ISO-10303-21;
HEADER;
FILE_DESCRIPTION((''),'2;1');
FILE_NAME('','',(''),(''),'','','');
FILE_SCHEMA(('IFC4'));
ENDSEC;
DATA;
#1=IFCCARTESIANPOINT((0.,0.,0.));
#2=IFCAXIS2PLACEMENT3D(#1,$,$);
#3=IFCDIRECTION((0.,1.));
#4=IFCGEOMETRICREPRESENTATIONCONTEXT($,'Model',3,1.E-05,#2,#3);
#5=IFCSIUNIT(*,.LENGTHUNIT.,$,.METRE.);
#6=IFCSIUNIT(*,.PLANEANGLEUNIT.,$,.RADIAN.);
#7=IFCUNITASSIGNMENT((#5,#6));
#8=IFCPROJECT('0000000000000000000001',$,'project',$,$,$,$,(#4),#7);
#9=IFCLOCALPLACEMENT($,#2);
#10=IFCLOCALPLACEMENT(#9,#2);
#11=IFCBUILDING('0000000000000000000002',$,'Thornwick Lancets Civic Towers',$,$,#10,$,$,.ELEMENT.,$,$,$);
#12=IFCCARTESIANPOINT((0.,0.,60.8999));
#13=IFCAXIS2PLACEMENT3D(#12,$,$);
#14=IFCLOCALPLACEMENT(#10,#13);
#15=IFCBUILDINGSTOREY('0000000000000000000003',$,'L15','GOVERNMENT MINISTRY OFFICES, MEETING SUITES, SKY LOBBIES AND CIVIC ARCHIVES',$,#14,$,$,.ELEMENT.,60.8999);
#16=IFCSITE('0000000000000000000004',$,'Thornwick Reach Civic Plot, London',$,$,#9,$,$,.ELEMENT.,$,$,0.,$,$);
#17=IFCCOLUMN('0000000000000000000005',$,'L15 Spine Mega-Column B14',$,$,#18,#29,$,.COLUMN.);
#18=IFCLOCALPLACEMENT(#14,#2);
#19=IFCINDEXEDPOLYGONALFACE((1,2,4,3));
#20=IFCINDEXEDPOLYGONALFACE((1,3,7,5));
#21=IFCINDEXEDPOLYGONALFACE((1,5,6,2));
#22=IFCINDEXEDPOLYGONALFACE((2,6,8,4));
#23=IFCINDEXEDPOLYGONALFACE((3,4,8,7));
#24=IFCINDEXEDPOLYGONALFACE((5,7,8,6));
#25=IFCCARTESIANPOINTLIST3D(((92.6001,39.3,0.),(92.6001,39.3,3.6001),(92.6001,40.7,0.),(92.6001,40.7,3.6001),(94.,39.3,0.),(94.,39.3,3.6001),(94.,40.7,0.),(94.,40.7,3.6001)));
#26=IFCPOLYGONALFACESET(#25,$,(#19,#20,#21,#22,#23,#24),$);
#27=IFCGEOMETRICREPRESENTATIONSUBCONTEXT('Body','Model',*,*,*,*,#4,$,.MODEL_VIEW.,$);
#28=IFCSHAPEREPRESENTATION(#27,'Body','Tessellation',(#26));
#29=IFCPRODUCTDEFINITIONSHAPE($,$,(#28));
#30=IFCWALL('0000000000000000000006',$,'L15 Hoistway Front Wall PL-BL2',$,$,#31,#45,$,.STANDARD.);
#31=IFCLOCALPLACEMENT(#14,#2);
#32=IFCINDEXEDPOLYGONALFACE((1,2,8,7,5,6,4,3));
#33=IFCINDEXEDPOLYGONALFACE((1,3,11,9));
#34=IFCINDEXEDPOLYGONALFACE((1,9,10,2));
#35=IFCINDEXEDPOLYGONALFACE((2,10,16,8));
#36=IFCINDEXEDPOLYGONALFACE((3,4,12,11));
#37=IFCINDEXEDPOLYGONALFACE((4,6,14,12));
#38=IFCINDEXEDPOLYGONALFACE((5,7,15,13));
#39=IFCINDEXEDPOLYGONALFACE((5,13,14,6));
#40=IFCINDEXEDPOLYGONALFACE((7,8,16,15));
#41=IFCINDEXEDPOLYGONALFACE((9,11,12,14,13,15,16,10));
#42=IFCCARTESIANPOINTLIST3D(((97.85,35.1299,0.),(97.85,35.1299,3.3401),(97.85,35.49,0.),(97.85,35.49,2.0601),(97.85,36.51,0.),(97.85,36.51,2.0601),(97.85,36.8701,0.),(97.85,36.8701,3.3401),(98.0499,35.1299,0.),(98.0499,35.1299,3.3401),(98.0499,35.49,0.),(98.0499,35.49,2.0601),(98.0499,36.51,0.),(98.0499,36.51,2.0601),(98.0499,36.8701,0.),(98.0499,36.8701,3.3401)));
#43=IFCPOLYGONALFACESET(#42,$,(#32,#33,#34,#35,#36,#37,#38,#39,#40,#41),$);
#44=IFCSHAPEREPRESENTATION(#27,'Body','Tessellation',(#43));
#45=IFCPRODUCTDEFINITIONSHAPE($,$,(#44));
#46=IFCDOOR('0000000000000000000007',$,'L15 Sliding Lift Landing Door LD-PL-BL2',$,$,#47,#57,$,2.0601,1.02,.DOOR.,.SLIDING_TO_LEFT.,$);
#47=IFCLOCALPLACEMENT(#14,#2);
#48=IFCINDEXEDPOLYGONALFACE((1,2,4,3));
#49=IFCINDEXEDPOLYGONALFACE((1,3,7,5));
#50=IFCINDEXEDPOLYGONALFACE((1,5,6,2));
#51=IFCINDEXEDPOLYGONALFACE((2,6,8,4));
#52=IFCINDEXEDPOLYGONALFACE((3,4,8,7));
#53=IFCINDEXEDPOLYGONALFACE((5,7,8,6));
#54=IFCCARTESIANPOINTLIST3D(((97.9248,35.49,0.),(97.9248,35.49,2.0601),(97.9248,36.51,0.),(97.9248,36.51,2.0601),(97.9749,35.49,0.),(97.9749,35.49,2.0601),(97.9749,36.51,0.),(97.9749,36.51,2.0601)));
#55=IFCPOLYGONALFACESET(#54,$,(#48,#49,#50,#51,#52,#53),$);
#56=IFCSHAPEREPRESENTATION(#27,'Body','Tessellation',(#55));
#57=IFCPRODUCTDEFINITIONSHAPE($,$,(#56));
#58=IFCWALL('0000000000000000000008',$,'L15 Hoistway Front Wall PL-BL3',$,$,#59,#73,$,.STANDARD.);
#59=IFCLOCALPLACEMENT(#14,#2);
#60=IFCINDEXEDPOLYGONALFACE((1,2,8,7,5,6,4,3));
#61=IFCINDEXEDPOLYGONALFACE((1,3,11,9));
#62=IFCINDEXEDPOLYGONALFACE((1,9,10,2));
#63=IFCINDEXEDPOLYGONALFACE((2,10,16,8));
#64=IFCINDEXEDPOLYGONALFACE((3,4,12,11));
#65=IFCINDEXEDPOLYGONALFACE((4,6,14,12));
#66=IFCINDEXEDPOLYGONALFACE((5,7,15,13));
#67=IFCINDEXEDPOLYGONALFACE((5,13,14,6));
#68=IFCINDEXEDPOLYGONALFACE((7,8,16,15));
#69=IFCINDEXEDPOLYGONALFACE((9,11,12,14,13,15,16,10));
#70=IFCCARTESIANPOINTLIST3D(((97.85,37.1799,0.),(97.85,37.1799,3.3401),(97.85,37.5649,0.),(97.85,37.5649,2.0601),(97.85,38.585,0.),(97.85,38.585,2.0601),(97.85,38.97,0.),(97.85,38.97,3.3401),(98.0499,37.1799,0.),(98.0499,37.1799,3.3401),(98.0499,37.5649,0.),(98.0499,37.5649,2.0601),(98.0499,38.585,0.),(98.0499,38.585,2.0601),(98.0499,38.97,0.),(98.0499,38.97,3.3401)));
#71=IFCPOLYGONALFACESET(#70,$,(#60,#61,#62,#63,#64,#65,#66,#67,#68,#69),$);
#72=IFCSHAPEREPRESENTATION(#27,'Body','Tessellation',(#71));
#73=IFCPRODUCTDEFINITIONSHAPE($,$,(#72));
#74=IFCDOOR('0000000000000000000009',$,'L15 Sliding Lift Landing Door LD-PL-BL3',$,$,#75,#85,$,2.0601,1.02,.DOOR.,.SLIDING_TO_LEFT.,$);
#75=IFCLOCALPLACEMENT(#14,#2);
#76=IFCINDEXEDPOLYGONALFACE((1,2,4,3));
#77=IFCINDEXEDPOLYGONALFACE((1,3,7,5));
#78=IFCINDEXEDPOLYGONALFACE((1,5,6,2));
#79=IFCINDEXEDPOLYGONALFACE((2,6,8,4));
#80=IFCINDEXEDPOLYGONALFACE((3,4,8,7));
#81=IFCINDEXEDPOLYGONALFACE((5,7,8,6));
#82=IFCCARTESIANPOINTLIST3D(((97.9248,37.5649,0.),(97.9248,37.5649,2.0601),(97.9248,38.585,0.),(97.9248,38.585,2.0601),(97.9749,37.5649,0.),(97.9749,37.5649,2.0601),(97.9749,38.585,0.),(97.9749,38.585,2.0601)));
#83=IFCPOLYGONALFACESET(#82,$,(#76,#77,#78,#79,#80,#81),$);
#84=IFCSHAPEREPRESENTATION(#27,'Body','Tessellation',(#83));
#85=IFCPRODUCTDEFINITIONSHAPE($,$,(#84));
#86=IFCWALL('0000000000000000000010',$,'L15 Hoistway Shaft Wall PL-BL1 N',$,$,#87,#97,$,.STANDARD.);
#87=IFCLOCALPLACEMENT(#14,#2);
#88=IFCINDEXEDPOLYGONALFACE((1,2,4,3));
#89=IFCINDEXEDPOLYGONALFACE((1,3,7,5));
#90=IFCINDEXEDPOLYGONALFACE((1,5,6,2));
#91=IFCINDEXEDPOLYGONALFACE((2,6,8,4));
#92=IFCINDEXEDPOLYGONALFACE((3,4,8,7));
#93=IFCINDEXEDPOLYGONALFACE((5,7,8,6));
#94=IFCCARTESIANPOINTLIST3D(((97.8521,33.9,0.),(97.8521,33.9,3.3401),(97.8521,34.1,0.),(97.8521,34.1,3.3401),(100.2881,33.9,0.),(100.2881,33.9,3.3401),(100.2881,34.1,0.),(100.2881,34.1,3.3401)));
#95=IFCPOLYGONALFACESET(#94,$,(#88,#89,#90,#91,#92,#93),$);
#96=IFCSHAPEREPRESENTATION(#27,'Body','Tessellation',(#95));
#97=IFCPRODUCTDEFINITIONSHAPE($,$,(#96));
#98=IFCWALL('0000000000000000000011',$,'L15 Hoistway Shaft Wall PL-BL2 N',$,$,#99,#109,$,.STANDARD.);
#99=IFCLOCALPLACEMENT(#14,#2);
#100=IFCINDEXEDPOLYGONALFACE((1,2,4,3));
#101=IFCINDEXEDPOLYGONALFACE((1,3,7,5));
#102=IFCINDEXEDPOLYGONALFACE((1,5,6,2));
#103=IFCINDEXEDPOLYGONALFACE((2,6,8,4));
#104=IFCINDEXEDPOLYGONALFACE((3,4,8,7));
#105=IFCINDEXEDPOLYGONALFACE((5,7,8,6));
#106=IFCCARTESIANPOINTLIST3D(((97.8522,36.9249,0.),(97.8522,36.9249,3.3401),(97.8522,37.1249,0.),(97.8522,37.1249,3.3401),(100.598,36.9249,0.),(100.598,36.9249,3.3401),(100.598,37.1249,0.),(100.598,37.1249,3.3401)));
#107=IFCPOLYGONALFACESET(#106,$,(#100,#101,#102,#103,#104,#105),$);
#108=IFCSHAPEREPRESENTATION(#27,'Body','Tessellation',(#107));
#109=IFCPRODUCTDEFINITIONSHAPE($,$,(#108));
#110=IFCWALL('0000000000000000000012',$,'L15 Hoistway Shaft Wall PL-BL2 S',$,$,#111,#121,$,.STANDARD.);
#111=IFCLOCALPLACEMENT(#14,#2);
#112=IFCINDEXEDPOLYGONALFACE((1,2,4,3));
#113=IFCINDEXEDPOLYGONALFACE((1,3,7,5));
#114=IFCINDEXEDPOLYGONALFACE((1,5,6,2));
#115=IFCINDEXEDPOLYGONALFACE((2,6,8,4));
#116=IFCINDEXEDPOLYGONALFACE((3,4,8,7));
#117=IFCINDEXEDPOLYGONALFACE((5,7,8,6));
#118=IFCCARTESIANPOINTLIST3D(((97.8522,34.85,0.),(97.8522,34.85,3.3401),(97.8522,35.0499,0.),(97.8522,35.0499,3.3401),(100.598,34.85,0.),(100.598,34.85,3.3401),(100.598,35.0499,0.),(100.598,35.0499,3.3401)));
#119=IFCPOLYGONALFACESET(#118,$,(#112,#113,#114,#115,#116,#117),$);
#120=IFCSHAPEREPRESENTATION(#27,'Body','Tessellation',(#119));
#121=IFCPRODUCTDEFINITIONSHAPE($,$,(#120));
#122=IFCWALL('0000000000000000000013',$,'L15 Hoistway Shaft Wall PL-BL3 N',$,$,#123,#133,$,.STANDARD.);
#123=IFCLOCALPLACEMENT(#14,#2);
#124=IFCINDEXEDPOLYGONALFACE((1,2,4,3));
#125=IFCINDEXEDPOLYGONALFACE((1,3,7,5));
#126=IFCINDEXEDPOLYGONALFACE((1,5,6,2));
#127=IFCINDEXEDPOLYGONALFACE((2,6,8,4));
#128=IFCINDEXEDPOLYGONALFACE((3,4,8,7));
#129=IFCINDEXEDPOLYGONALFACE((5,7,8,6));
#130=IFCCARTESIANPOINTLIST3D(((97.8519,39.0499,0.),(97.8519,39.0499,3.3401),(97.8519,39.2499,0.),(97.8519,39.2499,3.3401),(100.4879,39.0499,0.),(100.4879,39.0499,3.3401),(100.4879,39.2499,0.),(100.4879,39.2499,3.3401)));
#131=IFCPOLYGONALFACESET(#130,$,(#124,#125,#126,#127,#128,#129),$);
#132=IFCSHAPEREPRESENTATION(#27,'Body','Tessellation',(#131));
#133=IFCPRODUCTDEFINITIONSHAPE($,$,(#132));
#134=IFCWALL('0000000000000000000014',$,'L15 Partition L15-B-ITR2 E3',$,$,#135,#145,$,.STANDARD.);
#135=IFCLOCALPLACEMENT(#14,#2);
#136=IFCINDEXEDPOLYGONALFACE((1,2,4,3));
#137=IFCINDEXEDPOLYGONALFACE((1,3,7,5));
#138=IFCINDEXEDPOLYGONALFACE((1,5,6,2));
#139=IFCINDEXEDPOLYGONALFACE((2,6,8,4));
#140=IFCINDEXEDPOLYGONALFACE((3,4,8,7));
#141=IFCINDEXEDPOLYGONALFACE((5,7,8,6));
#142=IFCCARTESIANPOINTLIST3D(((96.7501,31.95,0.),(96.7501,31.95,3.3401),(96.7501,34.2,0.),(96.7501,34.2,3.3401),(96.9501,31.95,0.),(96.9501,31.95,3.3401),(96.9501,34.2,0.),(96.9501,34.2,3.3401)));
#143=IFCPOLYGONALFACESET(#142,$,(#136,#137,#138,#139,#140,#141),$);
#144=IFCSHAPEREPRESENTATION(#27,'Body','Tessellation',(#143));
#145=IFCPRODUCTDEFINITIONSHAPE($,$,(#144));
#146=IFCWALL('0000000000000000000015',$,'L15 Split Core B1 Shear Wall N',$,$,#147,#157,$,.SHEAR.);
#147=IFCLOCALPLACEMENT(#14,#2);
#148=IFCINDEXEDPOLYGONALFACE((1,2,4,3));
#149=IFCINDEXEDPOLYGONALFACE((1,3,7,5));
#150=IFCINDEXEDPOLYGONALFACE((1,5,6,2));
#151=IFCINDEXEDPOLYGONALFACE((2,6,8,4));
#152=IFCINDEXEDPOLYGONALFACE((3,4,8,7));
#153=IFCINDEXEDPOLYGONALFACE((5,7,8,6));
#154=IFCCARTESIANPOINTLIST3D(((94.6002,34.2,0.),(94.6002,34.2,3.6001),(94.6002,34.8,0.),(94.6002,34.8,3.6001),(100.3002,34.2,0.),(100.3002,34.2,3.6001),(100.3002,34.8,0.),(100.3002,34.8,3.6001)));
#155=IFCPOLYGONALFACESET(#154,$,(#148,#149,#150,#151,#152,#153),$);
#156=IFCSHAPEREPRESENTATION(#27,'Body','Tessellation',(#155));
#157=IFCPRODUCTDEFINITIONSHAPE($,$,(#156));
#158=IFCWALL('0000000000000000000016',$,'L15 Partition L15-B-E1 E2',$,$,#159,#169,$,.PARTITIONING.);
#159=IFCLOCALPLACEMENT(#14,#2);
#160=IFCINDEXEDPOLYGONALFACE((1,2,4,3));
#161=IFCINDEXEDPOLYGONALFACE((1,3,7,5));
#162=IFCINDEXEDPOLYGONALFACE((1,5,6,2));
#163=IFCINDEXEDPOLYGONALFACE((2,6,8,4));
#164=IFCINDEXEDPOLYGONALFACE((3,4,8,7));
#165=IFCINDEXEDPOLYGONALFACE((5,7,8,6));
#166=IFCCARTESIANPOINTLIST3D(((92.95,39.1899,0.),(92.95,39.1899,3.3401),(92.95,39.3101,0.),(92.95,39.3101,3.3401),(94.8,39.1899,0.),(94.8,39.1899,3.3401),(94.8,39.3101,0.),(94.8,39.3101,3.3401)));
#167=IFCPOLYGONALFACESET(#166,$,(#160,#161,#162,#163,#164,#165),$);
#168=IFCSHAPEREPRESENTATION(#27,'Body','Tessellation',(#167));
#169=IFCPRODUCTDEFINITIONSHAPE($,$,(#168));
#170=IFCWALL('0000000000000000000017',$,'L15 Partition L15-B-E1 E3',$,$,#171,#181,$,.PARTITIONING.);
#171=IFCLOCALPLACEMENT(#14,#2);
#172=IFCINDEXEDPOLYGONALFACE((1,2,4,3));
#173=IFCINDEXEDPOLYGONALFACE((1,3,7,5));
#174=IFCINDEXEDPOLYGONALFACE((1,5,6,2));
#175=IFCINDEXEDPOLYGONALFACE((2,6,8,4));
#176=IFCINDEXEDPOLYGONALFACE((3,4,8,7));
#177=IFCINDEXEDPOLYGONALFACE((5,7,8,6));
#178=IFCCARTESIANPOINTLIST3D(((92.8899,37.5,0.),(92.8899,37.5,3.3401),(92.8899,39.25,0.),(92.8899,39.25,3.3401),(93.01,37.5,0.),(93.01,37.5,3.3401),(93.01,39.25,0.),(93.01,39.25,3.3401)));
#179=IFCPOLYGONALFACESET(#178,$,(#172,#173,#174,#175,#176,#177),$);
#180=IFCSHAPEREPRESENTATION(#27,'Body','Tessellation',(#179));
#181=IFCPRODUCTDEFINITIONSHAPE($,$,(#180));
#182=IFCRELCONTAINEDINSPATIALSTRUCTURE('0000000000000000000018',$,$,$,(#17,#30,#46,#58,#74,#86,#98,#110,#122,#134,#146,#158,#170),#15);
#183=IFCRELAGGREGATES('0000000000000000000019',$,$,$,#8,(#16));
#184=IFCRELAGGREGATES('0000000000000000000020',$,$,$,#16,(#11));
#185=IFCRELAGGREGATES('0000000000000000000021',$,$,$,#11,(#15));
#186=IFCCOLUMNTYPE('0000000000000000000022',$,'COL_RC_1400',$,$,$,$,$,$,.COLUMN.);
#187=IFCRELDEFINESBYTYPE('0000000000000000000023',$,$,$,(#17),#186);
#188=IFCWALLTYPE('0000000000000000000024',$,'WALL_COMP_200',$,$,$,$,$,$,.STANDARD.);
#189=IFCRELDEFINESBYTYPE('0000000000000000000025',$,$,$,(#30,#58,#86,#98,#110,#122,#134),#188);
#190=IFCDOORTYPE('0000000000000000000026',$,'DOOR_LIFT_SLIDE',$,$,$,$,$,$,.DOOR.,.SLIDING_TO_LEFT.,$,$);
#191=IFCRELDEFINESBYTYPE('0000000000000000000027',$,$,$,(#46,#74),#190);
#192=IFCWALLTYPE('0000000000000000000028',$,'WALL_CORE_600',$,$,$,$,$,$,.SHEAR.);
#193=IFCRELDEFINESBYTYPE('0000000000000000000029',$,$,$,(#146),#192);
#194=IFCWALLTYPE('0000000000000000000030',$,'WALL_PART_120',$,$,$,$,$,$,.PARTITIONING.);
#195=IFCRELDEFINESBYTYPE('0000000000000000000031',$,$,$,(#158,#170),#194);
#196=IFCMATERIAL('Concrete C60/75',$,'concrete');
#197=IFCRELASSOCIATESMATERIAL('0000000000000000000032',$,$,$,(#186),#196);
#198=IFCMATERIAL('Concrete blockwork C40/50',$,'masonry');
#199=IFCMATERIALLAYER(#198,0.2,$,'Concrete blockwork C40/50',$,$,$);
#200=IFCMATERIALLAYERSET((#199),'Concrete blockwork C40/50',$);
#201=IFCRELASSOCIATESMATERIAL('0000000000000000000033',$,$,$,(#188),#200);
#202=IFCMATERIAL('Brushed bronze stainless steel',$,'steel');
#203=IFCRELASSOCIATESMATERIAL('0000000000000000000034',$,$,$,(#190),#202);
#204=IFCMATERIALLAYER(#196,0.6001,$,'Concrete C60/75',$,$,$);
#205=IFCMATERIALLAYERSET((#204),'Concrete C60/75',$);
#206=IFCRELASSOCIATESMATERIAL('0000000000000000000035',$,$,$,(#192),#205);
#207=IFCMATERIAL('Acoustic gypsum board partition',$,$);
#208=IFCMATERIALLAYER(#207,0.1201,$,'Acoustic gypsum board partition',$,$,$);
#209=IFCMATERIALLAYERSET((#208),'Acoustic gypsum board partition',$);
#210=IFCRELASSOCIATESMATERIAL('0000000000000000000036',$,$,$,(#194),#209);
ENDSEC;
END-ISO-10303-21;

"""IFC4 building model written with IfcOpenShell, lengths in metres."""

from ifc_helpers import new_model, si_unit, direction, frame, frame_2d, origin, origin_2d, place, context, subcontext, project, spatial, rectangle, extrude, material, layer, layer_set, material_profile, profile_set, type_object, element, fill, save


model = new_model("IFC4")

# Units and contexts
model_context = context("Model", 3, precision=1e-05, world=origin(), true_north=direction((0.0, 1.0)))
body_context = subcontext(model_context, "Body", "Model", "MODEL_VIEW")
ifc_project = project(units=[si_unit("LENGTHUNIT", "METRE"), si_unit("PLANEANGLEUNIT", "RADIAN")], contexts=[model_context])

# Site, building, storey
site_placement = place(None, origin())
site = spatial("IfcSite", under=ifc_project, at=site_placement, Name="Thornwick Reach Civic Plot, London", CompositionType="ELEMENT", RefElevation=0.0)
building_placement = place(site_placement, origin())
building = spatial("IfcBuilding", under=site, at=building_placement, Name="Thornwick Lancets Civic Towers", CompositionType="ELEMENT")
storey_placement = place(building_placement, frame((0.0, 0.0, 60.8999)))
storey = spatial("IfcBuildingStorey", under=building, at=storey_placement, Name="L15", Description="GOVERNMENT MINISTRY OFFICES, MEETING SUITES, SKY LOBBIES AND CIVIC ARCHIVES", CompositionType="ELEMENT", Elevation=60.8999)

# Column
ifc_material_1 = material(Name="Concrete C60/75", Category="concrete")
ifc_material_profile = material_profile(ifc_material_1, rectangle(XDim=1.3999, YDim=1.3999, at=origin_2d()), Name="RC 1400x1400")
ifc_profile_set = profile_set([ifc_material_profile], Name="Concrete C60/75")
column_type = type_object("IfcColumnType", Name="COL_RC_1400", PredefinedType="COLUMN", material=ifc_profile_set)
column_placement = place(storey_placement, frame((93.3, 40.0, 0.0), z_axis=(0.0, 0.0, 1.0), x_axis=(1.0, 0.0, 0.0)))
element("IfcColumn", 1, at=column_placement, inside=storey, type_object=column_type, Name="L15 Spine Mega-Column B14", PredefinedType="COLUMN", context=body_context, shape_type="SweptSolid", body=[
    extrude(rectangle(XDim=1.3999, YDim=1.3999, at=origin_2d()), origin(), (0.0, 0.0, 1.0), 3.6001),
])

# Walls, openings, doors
ifc_material_2 = material(Name="Concrete blockwork C40/50", Category="masonry")
ifc_layer_1 = layer(ifc_material_2, 0.2, Name="Concrete blockwork C40/50")
ifc_layer_set_1 = layer_set([ifc_layer_1], Name="Concrete blockwork C40/50")
wall_type_1 = type_object("IfcWallType", Name="WALL_COMP_200", PredefinedType="STANDARD", material=ifc_layer_set_1)
wall_1_placement = place(storey_placement, frame((97.95, 36.8701, 0.0), z_axis=(0.0, 0.0, 1.0), x_axis=(0.0, -1.0, 0.0)))
wall_1 = element("IfcWall", 2, at=wall_1_placement, inside=storey, type_object=wall_type_1, Name="L15 Hoistway Front Wall PL-BL2", PredefinedType="STANDARD", context=body_context, shape_type="SweptSolid", body=[
    extrude(rectangle(XDim=1.7402, YDim=0.2, at=frame_2d((0.8701, 0.0))), origin(), (0.0, 0.0, 1.0), 3.3401),
])
opening_1_placement = place(wall_1_placement, frame((0.3601, 0.0, 0.0)))
opening_1 = element("IfcOpeningElement", 3, at=opening_1_placement, cuts=wall_1, PredefinedType="OPENING", context=body_context, shape_type="SweptSolid", body=[
    extrude(rectangle(XDim=1.02, YDim=2.0601, at=frame_2d((0.51, 1.03))), frame((0.0, 0.1099, 0.0), z_axis=(0.0, -1.0, 0.0), x_axis=(1.0, 0.0, 0.0)), (0.0, 0.0, 1.0), 0.22),
])
ifc_material_3 = material(Name="Brushed bronze stainless steel", Category="steel")
door_type_1 = type_object("IfcDoorType", Name="DOOR_LIFT_SLIDE", OperationType="SLIDING_TO_LEFT", PredefinedType="DOOR", material=ifc_material_3)
door_1_placement = place(opening_1_placement, origin())
door_1 = element("IfcDoor", 4, at=door_1_placement, inside=storey, type_object=door_type_1, Name="L15 Sliding Lift Landing Door LD-PL-BL2", OperationType="SLIDING_TO_LEFT", OverallHeight=2.0601, OverallWidth=1.02, PredefinedType="DOOR", context=body_context, shape_type="SweptSolid", body=[
    extrude(rectangle(XDim=1.02, YDim=2.0601, at=frame_2d((0.51, 1.03))), frame((0.0, 0.0249, 0.0), z_axis=(0.0, -1.0, 0.0), x_axis=(1.0, 0.0, 0.0)), (0.0, 0.0, 1.0), 0.05),
])
fill(opening_1, door_1)
wall_2_placement = place(storey_placement, frame((97.95, 38.97, 0.0), z_axis=(0.0, 0.0, 1.0), x_axis=(0.0, -1.0, 0.0)))
wall_2 = element("IfcWall", 5, at=wall_2_placement, inside=storey, type_object=wall_type_1, Name="L15 Hoistway Front Wall PL-BL3", PredefinedType="STANDARD", context=body_context, shape_type="SweptSolid", body=[
    extrude(rectangle(XDim=1.79, YDim=0.2, at=frame_2d((0.895, 0.0))), origin(), (0.0, 0.0, 1.0), 3.3401),
])
opening_2_placement = place(wall_2_placement, frame((0.385, 0.0, 0.0)))
opening_2 = element("IfcOpeningElement", 6, at=opening_2_placement, cuts=wall_2, PredefinedType="OPENING", context=body_context, shape_type="SweptSolid", body=[
    extrude(rectangle(XDim=1.02, YDim=2.0601, at=frame_2d((0.51, 1.03))), frame((0.0, 0.1099, 0.0), z_axis=(0.0, -1.0, 0.0), x_axis=(1.0, 0.0, 0.0)), (0.0, 0.0, 1.0), 0.22),
])
door_2_placement = place(opening_2_placement, origin())
door_2 = element("IfcDoor", 7, at=door_2_placement, inside=storey, type_object=door_type_1, Name="L15 Sliding Lift Landing Door LD-PL-BL3", OperationType="SLIDING_TO_LEFT", OverallHeight=2.0601, OverallWidth=1.02, PredefinedType="DOOR", context=body_context, shape_type="SweptSolid", body=[
    extrude(rectangle(XDim=1.02, YDim=2.0601, at=frame_2d((0.51, 1.03))), frame((0.0, 0.0249, 0.0), z_axis=(0.0, -1.0, 0.0), x_axis=(1.0, 0.0, 0.0)), (0.0, 0.0, 1.0), 0.05),
])
fill(opening_2, door_2)

# Walls
wall_3_placement = place(storey_placement, frame((97.8521, 34.0, 0.0), z_axis=(0.0, 0.0, 1.0), x_axis=(1.0, 0.0, 0.0)))
element("IfcWall", 8, at=wall_3_placement, inside=storey, type_object=wall_type_1, Name="L15 Hoistway Shaft Wall PL-BL1 N", PredefinedType="STANDARD", context=body_context, shape_type="SweptSolid", body=[
    extrude(rectangle(XDim=2.436, YDim=0.2, at=frame_2d((1.218, 0.0))), origin(), (0.0, 0.0, 1.0), 3.3401),
])
for number, where, z_axis, x_axis, name in (
    (9, (97.8521, 37.0249, 0.0), (0.0, 0.0, 1.0), (1.0, 0.0, 0.0), "L15 Hoistway Shaft Wall PL-BL2 N"),
    (10, (97.8521, 34.95, 0.0), (0.0, 0.0, 1.0), (1.0, 0.0, 0.0), "L15 Hoistway Shaft Wall PL-BL2 S"),
):
    element("IfcWall", number, at=place(storey_placement, frame(where, z_axis=z_axis, x_axis=x_axis)), inside=storey, type_object=wall_type_1, Name=name, PredefinedType="STANDARD", context=body_context, shape_type="SweptSolid", body=[
        extrude(rectangle(XDim=2.7458, YDim=0.2, at=frame_2d((1.373, 0.0))), origin(), (0.0, 0.0, 1.0), 3.3401),
    ])
wall_4_placement = place(storey_placement, frame((97.8521, 39.1499, 0.0), z_axis=(0.0, 0.0, 1.0), x_axis=(1.0, 0.0, 0.0)))
element("IfcWall", 11, at=wall_4_placement, inside=storey, type_object=wall_type_1, Name="L15 Hoistway Shaft Wall PL-BL3 N", PredefinedType="STANDARD", context=body_context, shape_type="SweptSolid", body=[
    extrude(rectangle(XDim=2.636, YDim=0.2, at=frame_2d((1.3179, 0.0))), origin(), (0.0, 0.0, 1.0), 3.3401),
])
wall_5_placement = place(storey_placement, frame((96.8501, 34.2, 0.0), z_axis=(0.0, 0.0, 1.0), x_axis=(0.0, -1.0, 0.0)))
element("IfcWall", 12, at=wall_5_placement, inside=storey, type_object=wall_type_1, Name="L15 Partition L15-B-ITR2 E3", PredefinedType="STANDARD", context=body_context, shape_type="SweptSolid", body=[
    extrude(rectangle(XDim=2.25, YDim=0.2, at=frame_2d((1.125, 0.0))), origin(), (0.0, 0.0, 1.0), 3.3401),
])
ifc_layer_2 = layer(ifc_material_1, 0.6001, Name="Concrete C60/75")
ifc_layer_set_2 = layer_set([ifc_layer_2], Name="Concrete C60/75")
wall_type_2 = type_object("IfcWallType", Name="WALL_CORE_600", PredefinedType="SHEAR", material=ifc_layer_set_2)
wall_6_placement = place(storey_placement, frame((94.6001, 34.5, 0.0), z_axis=(0.0, 0.0, 1.0), x_axis=(1.0, 0.0, 0.0)))
element("IfcWall", 13, at=wall_6_placement, inside=storey, type_object=wall_type_2, Name="L15 Split Core B1 Shear Wall N", PredefinedType="SHEAR", context=body_context, shape_type="SweptSolid", body=[
    extrude(rectangle(XDim=5.7, YDim=0.6001, at=frame_2d((2.8501, 0.0))), origin(), (0.0, 0.0, 1.0), 3.6001),
])
ifc_material_4 = material(Name="Acoustic gypsum board partition")
ifc_layer_3 = layer(ifc_material_4, 0.1201, Name="Acoustic gypsum board partition")
ifc_layer_set_3 = layer_set([ifc_layer_3], Name="Acoustic gypsum board partition")
wall_type_3 = type_object("IfcWallType", Name="WALL_PART_120", PredefinedType="PARTITIONING", material=ifc_layer_set_3)
wall_7_placement = place(storey_placement, frame((94.8, 39.25, 0.0), z_axis=(0.0, 0.0, 1.0), x_axis=(-1.0, 0.0, 0.0)))
element("IfcWall", 14, at=wall_7_placement, inside=storey, type_object=wall_type_3, Name="L15 Partition L15-B-E1 E2", PredefinedType="PARTITIONING", context=body_context, shape_type="SweptSolid", body=[
    extrude(rectangle(XDim=1.8501, YDim=0.1201, at=frame_2d((0.925, 0.0))), origin(), (0.0, 0.0, 1.0), 3.3401),
])
wall_8_placement = place(storey_placement, frame((92.95, 39.25, 0.0), z_axis=(0.0, 0.0, 1.0), x_axis=(0.0, -1.0, 0.0)))
element("IfcWall", 15, at=wall_8_placement, inside=storey, type_object=wall_type_3, Name="L15 Partition L15-B-E1 E3", PredefinedType="PARTITIONING", context=body_context, shape_type="SweptSolid", body=[
    extrude(rectangle(XDim=1.75, YDim=0.1201, at=frame_2d((0.875, 0.0))), origin(), (0.0, 0.0, 1.0), 3.3401),
])

save(model, "model.ifc")
